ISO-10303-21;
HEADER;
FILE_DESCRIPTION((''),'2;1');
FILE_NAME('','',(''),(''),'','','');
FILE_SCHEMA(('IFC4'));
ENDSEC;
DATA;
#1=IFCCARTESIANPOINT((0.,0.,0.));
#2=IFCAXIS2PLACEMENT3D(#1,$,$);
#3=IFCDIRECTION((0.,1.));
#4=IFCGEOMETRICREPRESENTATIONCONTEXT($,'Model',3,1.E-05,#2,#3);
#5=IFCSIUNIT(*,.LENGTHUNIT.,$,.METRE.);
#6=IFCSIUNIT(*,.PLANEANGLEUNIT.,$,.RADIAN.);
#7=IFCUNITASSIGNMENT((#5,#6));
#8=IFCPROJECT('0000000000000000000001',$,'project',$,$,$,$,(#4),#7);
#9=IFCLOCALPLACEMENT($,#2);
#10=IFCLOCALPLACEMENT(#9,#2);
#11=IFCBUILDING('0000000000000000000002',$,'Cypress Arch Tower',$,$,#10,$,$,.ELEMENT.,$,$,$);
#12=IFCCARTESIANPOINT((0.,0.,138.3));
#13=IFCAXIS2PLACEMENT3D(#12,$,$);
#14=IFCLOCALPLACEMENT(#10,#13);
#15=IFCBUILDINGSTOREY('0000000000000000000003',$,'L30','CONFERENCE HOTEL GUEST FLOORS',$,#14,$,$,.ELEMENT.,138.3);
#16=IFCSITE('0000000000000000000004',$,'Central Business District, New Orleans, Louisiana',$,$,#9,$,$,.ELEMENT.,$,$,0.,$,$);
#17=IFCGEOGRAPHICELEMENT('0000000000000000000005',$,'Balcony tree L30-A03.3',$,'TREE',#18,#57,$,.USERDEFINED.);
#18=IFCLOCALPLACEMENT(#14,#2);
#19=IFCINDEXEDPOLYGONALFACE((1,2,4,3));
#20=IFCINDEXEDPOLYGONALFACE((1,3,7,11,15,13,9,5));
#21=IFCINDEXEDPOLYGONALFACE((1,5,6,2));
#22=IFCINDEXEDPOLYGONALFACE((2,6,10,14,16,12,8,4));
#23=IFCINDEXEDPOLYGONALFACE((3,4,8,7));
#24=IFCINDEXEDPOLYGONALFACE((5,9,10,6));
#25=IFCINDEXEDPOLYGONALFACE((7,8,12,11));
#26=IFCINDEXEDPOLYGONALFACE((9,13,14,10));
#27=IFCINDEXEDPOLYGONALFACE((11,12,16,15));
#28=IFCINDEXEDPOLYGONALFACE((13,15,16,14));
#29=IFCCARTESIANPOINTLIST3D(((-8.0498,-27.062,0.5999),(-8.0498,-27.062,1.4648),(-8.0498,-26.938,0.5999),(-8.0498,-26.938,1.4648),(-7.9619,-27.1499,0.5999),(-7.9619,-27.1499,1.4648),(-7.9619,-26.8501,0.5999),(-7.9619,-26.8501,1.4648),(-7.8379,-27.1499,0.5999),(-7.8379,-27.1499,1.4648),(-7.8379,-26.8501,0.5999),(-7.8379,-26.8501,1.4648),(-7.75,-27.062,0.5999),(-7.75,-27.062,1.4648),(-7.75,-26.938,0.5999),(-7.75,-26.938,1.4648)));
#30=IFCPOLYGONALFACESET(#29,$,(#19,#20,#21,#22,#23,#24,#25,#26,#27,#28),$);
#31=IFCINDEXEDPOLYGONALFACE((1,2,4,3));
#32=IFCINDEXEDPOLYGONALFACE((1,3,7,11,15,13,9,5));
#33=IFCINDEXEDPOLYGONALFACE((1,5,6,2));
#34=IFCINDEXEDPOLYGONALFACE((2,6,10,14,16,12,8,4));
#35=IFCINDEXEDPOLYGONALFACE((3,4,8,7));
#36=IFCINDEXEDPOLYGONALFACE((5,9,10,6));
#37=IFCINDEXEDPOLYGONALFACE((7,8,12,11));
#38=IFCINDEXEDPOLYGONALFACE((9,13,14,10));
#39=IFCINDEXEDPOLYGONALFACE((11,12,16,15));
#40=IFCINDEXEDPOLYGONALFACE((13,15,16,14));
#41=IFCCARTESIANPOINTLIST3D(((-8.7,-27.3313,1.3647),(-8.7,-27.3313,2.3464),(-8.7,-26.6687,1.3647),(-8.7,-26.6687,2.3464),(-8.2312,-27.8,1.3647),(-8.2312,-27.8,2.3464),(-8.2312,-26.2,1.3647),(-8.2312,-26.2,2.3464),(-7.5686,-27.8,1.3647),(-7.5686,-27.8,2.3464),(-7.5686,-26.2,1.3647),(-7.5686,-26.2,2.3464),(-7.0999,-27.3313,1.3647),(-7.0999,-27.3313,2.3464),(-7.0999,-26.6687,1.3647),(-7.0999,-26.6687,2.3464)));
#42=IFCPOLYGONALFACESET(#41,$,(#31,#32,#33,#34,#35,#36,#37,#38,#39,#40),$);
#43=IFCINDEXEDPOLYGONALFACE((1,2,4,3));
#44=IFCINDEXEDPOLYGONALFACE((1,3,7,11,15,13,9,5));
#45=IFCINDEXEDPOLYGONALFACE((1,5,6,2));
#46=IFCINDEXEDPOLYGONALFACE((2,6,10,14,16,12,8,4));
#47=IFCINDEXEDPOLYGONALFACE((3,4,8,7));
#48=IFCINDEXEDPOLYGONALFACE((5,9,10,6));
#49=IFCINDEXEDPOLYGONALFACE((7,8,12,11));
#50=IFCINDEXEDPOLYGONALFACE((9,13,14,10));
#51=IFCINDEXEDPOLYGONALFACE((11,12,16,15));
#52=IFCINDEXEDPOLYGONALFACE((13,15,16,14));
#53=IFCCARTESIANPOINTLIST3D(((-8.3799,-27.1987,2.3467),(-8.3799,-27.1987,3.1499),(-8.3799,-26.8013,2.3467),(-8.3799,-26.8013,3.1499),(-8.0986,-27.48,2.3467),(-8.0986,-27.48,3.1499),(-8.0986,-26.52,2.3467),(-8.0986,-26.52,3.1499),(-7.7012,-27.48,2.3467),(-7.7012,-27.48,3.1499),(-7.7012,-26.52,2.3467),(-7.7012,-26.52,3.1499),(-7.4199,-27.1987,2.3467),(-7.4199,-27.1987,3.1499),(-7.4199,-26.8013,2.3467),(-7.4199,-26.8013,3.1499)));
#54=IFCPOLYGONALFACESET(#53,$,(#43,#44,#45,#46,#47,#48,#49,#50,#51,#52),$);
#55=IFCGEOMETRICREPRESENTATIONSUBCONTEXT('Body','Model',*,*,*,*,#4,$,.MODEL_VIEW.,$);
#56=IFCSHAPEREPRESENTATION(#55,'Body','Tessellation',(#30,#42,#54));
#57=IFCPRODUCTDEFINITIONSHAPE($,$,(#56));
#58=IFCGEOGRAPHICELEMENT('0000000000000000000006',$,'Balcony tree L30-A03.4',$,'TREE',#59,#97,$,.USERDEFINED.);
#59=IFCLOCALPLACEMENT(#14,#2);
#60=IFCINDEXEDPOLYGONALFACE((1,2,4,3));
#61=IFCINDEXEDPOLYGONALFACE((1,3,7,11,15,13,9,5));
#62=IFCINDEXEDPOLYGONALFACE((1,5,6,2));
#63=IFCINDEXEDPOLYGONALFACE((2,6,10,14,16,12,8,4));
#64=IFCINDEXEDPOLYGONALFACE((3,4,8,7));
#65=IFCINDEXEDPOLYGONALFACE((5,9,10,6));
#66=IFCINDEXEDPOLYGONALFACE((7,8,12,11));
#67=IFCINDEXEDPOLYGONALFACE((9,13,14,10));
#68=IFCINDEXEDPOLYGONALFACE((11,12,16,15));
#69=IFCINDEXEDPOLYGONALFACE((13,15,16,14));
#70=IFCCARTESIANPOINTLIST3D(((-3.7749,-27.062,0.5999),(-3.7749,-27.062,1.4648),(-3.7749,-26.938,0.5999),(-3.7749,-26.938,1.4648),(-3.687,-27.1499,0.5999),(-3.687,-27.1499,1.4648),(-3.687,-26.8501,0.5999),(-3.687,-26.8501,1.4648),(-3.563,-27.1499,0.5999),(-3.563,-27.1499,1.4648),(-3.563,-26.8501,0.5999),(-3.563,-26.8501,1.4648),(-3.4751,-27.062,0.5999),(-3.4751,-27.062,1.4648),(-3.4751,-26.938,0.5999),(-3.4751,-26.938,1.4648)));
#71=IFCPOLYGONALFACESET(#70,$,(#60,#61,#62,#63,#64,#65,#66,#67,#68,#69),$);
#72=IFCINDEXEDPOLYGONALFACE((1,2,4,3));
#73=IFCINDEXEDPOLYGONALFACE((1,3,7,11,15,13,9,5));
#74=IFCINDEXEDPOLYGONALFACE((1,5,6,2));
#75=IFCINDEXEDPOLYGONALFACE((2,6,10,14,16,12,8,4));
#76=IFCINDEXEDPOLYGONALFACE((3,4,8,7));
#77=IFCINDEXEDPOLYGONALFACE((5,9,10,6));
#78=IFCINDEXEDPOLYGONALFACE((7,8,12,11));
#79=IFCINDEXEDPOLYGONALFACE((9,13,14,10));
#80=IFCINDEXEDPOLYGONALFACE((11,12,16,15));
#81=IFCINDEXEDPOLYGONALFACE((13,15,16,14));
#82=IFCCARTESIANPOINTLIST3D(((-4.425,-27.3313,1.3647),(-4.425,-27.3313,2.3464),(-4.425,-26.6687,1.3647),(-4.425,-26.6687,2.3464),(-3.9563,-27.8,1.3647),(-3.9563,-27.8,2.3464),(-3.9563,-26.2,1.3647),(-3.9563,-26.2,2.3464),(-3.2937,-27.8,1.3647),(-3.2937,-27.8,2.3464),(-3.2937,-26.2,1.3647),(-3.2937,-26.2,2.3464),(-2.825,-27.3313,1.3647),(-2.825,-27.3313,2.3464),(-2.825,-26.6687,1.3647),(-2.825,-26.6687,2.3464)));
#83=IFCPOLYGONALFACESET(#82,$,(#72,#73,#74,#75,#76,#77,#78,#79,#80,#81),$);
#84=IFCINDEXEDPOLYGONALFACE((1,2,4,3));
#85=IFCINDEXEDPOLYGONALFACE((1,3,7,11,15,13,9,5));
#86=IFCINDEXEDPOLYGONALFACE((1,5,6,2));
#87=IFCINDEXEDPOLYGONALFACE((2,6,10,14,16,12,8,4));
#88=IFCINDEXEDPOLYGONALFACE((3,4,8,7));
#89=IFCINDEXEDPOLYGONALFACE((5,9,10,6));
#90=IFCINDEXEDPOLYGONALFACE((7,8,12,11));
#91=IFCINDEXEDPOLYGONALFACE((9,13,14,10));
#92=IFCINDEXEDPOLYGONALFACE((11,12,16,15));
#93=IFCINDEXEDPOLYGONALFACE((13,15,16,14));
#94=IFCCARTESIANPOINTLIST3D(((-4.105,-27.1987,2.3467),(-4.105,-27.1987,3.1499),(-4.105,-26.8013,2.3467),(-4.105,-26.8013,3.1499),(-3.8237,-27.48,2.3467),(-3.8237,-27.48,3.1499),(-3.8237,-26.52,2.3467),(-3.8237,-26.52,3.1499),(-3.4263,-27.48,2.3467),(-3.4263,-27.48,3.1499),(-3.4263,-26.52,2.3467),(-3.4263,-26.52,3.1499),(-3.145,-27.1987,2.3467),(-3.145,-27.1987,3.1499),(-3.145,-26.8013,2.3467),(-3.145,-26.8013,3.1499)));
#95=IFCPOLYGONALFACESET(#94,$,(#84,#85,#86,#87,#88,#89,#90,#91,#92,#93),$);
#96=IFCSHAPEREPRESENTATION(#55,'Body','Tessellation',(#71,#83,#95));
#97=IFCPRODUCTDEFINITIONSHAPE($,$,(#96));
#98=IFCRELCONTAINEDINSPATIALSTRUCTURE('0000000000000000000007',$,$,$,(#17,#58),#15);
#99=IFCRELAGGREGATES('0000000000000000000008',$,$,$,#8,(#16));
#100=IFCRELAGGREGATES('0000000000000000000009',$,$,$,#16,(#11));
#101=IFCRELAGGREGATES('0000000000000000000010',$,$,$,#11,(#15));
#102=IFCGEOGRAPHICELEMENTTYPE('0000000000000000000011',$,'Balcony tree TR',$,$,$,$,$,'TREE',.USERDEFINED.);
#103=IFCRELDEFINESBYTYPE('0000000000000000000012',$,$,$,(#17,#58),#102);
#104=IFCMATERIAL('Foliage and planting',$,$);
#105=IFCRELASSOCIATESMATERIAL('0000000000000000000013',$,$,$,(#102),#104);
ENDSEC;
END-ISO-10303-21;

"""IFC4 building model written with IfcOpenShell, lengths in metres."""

from ifc_helpers import new_model, si_unit, direction, frame, origin, place, context, subcontext, project, spatial, polyline, outline, extrude, material, type_object, element, save


model = new_model("IFC4")

# Units and contexts
model_context = context("Model", 3, precision=1e-05, world=origin(), true_north=direction((0.0, 1.0)))
body_context = subcontext(model_context, "Body", "Model", "MODEL_VIEW")
ifc_project = project(units=[si_unit("LENGTHUNIT", "METRE"), si_unit("PLANEANGLEUNIT", "RADIAN")], contexts=[model_context])

# Site, building, storey
site_placement = place(None, origin())
site = spatial("IfcSite", under=ifc_project, at=site_placement, Name="Central Business District, New Orleans, Louisiana", CompositionType="ELEMENT", RefElevation=0.0)
building_placement = place(site_placement, origin())
building = spatial("IfcBuilding", under=site, at=building_placement, Name="Cypress Arch Tower", CompositionType="ELEMENT")
storey_placement = place(building_placement, frame((0.0, 0.0, 138.3)))
storey = spatial("IfcBuildingStorey", under=building, at=storey_placement, Name="L30", Description="CONFERENCE HOTEL GUEST FLOORS", CompositionType="ELEMENT", Elevation=138.3)

# Geographic elements
ifc_material_1 = material(Name="Foliage and planting")
geographic_element_type = type_object("IfcGeographicElementType", Name="Balcony tree TR", ElementType="TREE", PredefinedType="USERDEFINED", material=ifc_material_1)
for number, where, z_axis, x_axis, name in (
    (1, (-7.8999, -27.0, 0.5999), (0.0, 0.0, 1.0), (1.0, 0.0, 0.0), "Balcony tree L30-A03.3"),
    (2, (-3.625, -27.0, 0.5999), (0.0, 0.0, 1.0), (1.0, 0.0, 0.0), "Balcony tree L30-A03.4"),
):
    element("IfcGeographicElement", number, at=place(storey_placement, frame(where, z_axis=z_axis, x_axis=x_axis)), inside=storey, type_object=geographic_element_type, Name=name, ObjectType="TREE", PredefinedType="USERDEFINED", context=body_context, shape_type="SweptSolid", body=[
        extrude(outline(polyline([(0.1499, 0.062), (0.062, 0.1499), (-0.062, 0.1499), (-0.1499, 0.062), (-0.1499, -0.062), (-0.062, -0.1499), (0.062, -0.1499), (0.1499, -0.062), (0.1499, 0.062)])), origin(), (0.0, 0.0, 1.0), 0.865),
        extrude(outline(polyline([(0.8, 0.3313), (0.3313, 0.8), (-0.3313, 0.8), (-0.8, 0.3313), (-0.8, -0.3313), (-0.3313, -0.8), (0.3313, -0.8), (0.8, -0.3313), (0.8, 0.3313)])), frame((0.0, 0.0, 0.7649)), (0.0, 0.0, 1.0), 0.9817),
        extrude(outline(polyline([(0.48, 0.1987), (0.1987, 0.48), (-0.1987, 0.48), (-0.48, 0.1987), (-0.48, -0.1987), (-0.1987, -0.48), (0.1987, -0.48), (0.48, -0.1987), (0.48, 0.1987)])), frame((0.0, 0.0, 1.7468)), (0.0, 0.0, 1.0), 0.8032),
    ])

save(model, "model.ifc")
